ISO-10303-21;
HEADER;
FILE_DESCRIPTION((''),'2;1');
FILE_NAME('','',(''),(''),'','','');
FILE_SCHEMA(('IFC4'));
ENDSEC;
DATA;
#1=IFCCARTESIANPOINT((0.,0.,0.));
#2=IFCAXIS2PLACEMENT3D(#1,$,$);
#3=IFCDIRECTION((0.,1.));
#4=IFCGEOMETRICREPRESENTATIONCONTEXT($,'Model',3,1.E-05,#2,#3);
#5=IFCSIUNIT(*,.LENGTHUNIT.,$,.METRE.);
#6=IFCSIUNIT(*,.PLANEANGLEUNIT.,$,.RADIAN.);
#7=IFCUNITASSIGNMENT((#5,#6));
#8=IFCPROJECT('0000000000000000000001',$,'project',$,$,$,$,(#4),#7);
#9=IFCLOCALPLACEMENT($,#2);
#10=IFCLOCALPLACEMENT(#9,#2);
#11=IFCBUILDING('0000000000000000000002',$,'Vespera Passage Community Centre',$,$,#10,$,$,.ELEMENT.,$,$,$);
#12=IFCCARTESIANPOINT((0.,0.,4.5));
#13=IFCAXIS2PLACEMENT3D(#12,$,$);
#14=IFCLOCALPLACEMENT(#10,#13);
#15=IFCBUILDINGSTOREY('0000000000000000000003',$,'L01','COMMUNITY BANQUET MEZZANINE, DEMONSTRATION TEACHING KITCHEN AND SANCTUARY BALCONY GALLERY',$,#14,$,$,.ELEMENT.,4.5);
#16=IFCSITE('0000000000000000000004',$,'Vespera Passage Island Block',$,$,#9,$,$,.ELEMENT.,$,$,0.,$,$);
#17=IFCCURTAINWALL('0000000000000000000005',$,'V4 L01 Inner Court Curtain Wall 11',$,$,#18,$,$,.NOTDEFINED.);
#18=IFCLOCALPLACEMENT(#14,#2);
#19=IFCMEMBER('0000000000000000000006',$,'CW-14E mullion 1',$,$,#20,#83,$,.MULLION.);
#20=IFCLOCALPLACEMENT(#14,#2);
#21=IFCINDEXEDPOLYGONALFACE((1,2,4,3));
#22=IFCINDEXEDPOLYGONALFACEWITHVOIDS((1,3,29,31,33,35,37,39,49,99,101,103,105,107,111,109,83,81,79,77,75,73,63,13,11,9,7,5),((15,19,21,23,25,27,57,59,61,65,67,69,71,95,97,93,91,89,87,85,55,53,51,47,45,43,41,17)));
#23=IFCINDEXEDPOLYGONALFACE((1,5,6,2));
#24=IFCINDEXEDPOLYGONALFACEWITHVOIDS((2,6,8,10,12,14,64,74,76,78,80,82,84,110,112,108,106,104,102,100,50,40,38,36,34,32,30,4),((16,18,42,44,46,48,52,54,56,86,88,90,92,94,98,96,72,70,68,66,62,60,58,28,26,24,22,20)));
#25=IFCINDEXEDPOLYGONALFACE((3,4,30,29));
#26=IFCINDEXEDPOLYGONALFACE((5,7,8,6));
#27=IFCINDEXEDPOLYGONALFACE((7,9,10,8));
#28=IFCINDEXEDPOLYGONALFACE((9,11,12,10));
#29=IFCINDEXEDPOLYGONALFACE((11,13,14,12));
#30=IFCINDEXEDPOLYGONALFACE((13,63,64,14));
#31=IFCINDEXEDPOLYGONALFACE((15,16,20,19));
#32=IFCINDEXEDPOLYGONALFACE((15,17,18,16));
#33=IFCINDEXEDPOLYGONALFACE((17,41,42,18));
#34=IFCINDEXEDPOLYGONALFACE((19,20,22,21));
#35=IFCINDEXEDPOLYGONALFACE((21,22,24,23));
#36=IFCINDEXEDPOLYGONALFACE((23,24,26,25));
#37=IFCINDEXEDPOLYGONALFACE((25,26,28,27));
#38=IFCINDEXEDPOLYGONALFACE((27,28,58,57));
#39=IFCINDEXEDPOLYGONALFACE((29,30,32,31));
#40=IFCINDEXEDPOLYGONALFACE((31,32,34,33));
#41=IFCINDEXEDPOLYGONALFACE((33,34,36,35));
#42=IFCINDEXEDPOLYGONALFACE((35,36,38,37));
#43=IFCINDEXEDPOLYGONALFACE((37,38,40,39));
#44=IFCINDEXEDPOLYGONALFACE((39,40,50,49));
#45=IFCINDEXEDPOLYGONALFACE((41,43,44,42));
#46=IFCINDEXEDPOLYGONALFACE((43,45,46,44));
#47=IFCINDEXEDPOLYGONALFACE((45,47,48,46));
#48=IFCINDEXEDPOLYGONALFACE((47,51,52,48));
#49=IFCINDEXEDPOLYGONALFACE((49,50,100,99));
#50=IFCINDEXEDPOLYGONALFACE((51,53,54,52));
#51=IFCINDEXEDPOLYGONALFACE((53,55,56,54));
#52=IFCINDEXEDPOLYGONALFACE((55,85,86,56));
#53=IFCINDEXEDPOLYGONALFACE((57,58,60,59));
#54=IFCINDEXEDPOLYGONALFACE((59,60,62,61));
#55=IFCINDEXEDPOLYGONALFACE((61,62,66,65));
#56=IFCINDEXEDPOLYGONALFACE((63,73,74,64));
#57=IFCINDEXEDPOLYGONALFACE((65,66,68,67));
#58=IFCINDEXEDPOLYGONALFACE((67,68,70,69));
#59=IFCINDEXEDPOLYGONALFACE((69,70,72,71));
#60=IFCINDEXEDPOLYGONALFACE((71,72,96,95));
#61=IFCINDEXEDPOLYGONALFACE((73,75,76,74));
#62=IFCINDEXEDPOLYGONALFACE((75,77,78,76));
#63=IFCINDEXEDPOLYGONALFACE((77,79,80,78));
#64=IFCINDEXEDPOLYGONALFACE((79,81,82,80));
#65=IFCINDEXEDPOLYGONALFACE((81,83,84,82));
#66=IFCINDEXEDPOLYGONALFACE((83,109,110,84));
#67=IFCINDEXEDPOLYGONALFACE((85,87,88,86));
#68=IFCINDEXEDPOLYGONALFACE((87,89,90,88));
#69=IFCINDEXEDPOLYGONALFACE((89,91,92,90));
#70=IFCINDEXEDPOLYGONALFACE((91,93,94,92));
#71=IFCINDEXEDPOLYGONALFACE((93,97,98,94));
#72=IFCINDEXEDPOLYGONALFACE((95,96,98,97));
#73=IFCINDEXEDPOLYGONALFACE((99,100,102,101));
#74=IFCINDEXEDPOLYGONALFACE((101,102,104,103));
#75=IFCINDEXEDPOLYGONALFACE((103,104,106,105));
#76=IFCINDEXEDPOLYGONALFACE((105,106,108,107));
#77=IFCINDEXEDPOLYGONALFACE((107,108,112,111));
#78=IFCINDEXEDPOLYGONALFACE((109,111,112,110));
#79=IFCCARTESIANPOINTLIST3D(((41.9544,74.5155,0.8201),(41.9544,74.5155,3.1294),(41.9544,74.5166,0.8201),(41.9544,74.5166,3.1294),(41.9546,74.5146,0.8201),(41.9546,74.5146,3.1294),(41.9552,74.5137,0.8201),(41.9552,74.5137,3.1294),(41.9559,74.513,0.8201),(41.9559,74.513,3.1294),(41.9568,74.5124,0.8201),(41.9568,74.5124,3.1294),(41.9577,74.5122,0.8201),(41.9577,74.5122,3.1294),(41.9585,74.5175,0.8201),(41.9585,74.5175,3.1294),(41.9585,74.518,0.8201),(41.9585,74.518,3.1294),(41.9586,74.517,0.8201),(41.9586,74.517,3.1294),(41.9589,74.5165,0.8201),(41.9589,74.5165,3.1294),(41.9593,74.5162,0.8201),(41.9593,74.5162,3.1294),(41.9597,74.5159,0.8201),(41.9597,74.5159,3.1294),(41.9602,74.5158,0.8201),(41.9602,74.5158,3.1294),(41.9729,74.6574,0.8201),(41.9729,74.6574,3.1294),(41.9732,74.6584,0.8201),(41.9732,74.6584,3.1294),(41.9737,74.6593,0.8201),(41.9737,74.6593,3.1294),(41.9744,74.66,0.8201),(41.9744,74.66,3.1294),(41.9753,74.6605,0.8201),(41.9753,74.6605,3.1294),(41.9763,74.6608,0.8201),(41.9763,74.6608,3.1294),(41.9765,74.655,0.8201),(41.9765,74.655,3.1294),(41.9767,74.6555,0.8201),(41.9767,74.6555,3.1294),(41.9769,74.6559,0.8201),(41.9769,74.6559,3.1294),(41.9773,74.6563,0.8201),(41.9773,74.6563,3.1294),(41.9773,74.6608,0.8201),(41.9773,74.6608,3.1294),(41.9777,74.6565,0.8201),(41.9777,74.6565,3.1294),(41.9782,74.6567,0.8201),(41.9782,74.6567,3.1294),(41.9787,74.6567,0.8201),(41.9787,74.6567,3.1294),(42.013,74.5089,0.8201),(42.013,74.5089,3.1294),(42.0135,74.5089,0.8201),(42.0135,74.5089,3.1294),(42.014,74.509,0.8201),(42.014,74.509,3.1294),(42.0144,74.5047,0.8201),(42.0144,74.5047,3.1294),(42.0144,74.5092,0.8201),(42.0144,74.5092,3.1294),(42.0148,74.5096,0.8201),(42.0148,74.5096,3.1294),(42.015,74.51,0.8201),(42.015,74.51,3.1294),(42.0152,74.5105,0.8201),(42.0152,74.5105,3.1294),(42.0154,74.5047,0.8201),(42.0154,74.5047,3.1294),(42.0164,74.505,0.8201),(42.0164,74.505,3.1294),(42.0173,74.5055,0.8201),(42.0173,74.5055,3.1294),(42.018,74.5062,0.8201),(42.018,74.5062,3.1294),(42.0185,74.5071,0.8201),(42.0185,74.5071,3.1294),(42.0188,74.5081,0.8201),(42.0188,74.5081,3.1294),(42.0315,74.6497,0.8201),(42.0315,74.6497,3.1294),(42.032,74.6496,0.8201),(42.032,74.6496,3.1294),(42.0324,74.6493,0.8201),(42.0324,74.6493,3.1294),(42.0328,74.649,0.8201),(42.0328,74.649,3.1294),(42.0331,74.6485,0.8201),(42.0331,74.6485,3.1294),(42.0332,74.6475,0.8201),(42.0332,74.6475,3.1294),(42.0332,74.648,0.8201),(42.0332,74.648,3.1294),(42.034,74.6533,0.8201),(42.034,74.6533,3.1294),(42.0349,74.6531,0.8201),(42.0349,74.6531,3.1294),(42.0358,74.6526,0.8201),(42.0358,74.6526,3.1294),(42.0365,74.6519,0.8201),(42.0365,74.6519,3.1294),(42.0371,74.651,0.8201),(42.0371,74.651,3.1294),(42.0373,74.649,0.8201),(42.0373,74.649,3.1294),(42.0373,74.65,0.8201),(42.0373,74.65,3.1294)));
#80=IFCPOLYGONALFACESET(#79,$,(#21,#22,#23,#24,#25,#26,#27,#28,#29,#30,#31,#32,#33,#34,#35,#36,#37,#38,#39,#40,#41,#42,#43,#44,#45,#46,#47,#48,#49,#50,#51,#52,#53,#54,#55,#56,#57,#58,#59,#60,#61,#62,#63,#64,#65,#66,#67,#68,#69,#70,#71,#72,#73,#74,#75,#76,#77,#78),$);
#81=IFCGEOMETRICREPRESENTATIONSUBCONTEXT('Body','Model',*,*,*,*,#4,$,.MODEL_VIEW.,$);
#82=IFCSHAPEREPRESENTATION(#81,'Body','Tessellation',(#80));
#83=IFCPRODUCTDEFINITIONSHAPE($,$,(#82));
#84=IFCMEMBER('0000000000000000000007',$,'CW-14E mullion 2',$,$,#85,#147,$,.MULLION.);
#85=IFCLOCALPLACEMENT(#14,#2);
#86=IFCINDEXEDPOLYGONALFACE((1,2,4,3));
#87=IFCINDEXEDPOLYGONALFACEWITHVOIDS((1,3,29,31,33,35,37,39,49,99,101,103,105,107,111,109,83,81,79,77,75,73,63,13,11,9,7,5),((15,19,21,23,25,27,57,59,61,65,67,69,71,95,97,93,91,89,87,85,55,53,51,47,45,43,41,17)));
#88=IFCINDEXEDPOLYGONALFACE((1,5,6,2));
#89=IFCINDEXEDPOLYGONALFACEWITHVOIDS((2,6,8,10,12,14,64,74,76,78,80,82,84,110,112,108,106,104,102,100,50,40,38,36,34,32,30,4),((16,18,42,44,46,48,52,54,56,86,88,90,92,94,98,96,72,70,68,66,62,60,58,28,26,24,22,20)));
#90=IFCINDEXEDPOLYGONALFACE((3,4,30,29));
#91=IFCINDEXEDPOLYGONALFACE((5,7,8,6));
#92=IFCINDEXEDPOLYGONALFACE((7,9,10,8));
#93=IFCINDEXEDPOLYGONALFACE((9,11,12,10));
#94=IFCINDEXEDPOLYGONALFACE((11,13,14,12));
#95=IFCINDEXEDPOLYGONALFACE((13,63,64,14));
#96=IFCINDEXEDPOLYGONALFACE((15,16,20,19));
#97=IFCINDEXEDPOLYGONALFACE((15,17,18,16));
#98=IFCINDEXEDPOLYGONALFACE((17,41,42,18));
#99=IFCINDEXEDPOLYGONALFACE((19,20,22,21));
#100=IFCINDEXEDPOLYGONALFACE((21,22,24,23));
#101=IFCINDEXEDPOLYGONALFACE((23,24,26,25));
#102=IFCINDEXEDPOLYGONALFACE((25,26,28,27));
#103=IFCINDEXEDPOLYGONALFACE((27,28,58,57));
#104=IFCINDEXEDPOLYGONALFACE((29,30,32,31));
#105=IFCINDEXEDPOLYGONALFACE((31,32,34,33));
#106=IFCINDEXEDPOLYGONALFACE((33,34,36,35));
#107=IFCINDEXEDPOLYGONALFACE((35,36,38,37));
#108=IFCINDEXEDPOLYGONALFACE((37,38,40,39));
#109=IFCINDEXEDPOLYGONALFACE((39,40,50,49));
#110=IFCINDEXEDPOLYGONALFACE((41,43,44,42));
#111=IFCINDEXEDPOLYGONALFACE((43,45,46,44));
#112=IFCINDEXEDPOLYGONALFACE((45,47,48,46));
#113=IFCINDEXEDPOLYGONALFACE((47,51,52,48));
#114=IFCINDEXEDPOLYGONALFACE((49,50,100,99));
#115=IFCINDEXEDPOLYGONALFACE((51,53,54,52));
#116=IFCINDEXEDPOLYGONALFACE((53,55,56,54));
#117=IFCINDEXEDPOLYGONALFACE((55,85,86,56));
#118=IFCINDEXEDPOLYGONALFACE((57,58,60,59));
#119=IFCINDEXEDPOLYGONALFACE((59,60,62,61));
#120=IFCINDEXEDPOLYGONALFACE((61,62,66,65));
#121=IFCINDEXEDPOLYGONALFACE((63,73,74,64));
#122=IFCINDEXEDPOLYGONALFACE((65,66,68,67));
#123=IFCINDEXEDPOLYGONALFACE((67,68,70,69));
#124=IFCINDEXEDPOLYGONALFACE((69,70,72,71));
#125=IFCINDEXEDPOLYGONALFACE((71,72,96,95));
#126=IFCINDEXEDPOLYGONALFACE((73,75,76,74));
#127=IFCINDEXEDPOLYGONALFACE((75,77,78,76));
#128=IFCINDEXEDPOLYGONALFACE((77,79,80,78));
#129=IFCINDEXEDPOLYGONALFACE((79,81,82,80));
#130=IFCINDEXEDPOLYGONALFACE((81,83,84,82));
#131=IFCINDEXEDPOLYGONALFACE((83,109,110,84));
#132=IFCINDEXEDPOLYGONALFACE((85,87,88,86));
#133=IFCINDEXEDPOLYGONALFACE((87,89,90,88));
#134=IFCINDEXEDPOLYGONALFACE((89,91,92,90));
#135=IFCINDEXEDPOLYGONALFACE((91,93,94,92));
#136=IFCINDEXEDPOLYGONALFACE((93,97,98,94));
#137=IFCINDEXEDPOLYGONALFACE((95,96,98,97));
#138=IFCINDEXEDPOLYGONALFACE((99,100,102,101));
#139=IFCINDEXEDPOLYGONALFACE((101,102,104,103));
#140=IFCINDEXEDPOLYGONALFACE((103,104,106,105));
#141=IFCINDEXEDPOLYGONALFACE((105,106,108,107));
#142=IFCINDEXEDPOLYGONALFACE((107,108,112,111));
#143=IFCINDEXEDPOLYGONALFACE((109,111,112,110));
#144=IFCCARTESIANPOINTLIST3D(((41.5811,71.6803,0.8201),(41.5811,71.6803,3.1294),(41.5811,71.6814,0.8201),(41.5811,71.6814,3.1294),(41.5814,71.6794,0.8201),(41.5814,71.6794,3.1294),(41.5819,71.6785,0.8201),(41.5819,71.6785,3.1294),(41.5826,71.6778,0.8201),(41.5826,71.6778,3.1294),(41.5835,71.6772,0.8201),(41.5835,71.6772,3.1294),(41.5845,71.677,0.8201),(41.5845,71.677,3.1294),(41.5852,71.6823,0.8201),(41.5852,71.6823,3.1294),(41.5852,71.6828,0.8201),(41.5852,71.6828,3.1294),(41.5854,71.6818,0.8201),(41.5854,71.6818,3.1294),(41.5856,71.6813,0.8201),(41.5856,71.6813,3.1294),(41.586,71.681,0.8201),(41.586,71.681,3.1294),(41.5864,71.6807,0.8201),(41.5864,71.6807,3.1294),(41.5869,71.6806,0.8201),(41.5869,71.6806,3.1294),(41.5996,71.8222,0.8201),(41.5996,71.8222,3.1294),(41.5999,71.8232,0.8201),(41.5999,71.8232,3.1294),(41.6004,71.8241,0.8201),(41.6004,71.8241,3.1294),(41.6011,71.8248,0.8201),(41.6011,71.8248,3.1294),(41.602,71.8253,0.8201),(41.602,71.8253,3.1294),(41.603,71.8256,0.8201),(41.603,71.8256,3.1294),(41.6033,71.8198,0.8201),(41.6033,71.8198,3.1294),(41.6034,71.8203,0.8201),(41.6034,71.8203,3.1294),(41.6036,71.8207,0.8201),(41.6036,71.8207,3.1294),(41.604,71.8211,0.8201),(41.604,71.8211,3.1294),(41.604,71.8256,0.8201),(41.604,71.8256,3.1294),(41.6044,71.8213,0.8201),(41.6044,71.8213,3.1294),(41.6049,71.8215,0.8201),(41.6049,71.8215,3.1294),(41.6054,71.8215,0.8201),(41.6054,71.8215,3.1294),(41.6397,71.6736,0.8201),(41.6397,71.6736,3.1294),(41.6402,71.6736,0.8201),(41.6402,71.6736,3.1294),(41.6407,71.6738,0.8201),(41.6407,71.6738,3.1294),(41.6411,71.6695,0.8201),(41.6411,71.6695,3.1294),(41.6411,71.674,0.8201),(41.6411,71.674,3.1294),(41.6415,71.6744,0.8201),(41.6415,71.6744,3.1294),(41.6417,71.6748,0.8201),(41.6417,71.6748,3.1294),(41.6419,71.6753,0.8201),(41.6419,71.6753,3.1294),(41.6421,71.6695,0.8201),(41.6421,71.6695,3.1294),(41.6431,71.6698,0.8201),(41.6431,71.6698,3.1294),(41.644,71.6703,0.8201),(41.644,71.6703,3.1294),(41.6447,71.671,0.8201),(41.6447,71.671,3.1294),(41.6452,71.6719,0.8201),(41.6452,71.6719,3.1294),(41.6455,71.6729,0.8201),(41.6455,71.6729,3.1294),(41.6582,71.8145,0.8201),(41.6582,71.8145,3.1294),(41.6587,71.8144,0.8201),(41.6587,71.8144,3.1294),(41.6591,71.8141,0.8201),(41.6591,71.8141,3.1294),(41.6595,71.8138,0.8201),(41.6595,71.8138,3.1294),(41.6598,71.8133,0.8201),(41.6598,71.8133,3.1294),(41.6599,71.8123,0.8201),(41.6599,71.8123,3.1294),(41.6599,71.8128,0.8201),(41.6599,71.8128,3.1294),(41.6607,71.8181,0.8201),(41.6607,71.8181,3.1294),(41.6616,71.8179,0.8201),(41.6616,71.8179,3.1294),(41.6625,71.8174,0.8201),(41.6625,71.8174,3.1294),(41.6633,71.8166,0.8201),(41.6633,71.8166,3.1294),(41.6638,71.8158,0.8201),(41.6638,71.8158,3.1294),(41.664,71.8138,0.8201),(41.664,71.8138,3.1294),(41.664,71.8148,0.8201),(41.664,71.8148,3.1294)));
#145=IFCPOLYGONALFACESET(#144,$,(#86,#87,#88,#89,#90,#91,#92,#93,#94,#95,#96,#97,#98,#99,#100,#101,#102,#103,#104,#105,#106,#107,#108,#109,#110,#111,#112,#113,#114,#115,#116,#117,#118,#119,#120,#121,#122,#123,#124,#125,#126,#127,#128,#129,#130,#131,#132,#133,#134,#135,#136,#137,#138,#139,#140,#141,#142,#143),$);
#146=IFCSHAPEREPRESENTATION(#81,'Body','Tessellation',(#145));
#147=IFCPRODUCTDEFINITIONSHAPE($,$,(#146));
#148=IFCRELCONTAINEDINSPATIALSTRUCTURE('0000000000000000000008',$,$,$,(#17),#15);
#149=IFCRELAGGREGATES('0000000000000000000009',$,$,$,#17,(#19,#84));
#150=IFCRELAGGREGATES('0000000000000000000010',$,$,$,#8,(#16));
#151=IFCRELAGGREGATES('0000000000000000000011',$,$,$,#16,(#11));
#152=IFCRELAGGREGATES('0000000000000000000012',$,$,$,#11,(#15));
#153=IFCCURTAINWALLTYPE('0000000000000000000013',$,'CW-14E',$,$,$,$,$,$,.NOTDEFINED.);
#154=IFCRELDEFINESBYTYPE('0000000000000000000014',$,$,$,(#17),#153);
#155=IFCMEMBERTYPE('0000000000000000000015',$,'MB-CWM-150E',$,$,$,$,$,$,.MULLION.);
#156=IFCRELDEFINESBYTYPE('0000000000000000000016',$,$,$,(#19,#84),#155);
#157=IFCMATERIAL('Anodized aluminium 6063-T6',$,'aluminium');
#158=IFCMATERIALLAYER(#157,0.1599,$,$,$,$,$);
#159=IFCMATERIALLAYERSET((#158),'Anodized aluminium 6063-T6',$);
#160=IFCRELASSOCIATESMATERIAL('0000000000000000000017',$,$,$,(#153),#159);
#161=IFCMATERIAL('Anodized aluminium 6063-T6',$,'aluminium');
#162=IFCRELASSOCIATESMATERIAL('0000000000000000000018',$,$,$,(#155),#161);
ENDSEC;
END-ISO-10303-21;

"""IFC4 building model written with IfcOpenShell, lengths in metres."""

from ifc_helpers import new_model, si_unit, direction, frame, origin, origin_2d, place, context, subcontext, project, spatial, hollow_rectangle, extrude, material, layer, layer_set, material_profile, profile_set, type_object, element, aggregate, save


model = new_model("IFC4")

# Units and contexts
model_context = context("Model", 3, precision=1e-05, world=origin(), true_north=direction((0.0, 1.0)))
body_context = subcontext(model_context, "Body", "Model", "MODEL_VIEW")
ifc_project = project(units=[si_unit("LENGTHUNIT", "METRE"), si_unit("PLANEANGLEUNIT", "RADIAN")], contexts=[model_context])

# Site, building, storey
site_placement = place(None, origin())
site = spatial("IfcSite", under=ifc_project, at=site_placement, Name="Vespera Passage Island Block", CompositionType="ELEMENT", RefElevation=0.0)
building_placement = place(site_placement, origin())
building = spatial("IfcBuilding", under=site, at=building_placement, Name="Vespera Passage Community Centre", CompositionType="ELEMENT")
storey_placement = place(building_placement, frame((0.0, 0.0, 4.5)))
storey = spatial("IfcBuildingStorey", under=building, at=storey_placement, Name="L01", Description="COMMUNITY BANQUET MEZZANINE, DEMONSTRATION TEACHING KITCHEN AND SANCTUARY BALCONY GALLERY", CompositionType="ELEMENT", Elevation=4.5)

# Curtain wall, members
ifc_material_1 = material(Name="Anodized aluminium 6063-T6", Category="aluminium")
ifc_layer_1 = layer(ifc_material_1, 0.1599)
ifc_layer_set_1 = layer_set([ifc_layer_1], Name="Anodized aluminium 6063-T6")
curtain_wall_type_1 = type_object("IfcCurtainWallType", Name="CW-14E", PredefinedType="NOTDEFINED", material=ifc_layer_set_1)
curtain_wall_1_placement = place(storey_placement, origin())
curtain_wall_1 = element("IfcCurtainWall", 1, at=curtain_wall_1_placement, inside=storey, type_object=curtain_wall_type_1, Name="V4 L01 Inner Court Curtain Wall 11", PredefinedType="NOTDEFINED")
ifc_material_2 = material(Name="Anodized aluminium 6063-T6", Category="aluminium")
ifc_material_profile_1 = material_profile(ifc_material_2, hollow_rectangle(XDim=0.0649, YDim=0.1499, WallThickness=0.0039, InnerFilletRadius=0.002, OuterFilletRadius=0.0039, at=origin_2d()), Name="ALU150X65X4")
ifc_profile_set_1 = profile_set([ifc_material_profile_1], Name="Anodized aluminium 6063-T6")
member_type_1 = type_object("IfcMemberType", Name="MB-CWM-150E", PredefinedType="MULLION", material=ifc_profile_set_1)
member_1_placement = place(storey_placement, frame((41.9958, 74.5828, 0.8201), z_axis=(0.0, 0.0, 1.0), x_axis=(0.991445, -0.130522, 0.0)))
member_1 = element("IfcMember", 2, at=member_1_placement, type_object=member_type_1, Name="CW-14E mullion 1", PredefinedType="MULLION", context=body_context, shape_type="SweptSolid", body=[
    extrude(hollow_rectangle(XDim=0.0649, YDim=0.1499, WallThickness=0.0039, InnerFilletRadius=0.002, OuterFilletRadius=0.0039, at=origin_2d()), origin(), (0.0, 0.0, 1.0), 2.3093),
])
member_2_placement = place(storey_placement, frame((41.6226, 71.7476, 0.8201), z_axis=(0.0, 0.0, 1.0), x_axis=(0.991445, -0.130522, 0.0)))
member_2 = element("IfcMember", 3, at=member_2_placement, type_object=member_type_1, Name="CW-14E mullion 2", PredefinedType="MULLION", context=body_context, shape_type="SweptSolid", body=[
    extrude(hollow_rectangle(XDim=0.0649, YDim=0.1499, WallThickness=0.0039, InnerFilletRadius=0.002, OuterFilletRadius=0.0039, at=origin_2d()), origin(), (0.0, 0.0, 1.0), 2.3093),
])

aggregate(curtain_wall_1, [member_1, member_2])

save(model, "model.ifc")
